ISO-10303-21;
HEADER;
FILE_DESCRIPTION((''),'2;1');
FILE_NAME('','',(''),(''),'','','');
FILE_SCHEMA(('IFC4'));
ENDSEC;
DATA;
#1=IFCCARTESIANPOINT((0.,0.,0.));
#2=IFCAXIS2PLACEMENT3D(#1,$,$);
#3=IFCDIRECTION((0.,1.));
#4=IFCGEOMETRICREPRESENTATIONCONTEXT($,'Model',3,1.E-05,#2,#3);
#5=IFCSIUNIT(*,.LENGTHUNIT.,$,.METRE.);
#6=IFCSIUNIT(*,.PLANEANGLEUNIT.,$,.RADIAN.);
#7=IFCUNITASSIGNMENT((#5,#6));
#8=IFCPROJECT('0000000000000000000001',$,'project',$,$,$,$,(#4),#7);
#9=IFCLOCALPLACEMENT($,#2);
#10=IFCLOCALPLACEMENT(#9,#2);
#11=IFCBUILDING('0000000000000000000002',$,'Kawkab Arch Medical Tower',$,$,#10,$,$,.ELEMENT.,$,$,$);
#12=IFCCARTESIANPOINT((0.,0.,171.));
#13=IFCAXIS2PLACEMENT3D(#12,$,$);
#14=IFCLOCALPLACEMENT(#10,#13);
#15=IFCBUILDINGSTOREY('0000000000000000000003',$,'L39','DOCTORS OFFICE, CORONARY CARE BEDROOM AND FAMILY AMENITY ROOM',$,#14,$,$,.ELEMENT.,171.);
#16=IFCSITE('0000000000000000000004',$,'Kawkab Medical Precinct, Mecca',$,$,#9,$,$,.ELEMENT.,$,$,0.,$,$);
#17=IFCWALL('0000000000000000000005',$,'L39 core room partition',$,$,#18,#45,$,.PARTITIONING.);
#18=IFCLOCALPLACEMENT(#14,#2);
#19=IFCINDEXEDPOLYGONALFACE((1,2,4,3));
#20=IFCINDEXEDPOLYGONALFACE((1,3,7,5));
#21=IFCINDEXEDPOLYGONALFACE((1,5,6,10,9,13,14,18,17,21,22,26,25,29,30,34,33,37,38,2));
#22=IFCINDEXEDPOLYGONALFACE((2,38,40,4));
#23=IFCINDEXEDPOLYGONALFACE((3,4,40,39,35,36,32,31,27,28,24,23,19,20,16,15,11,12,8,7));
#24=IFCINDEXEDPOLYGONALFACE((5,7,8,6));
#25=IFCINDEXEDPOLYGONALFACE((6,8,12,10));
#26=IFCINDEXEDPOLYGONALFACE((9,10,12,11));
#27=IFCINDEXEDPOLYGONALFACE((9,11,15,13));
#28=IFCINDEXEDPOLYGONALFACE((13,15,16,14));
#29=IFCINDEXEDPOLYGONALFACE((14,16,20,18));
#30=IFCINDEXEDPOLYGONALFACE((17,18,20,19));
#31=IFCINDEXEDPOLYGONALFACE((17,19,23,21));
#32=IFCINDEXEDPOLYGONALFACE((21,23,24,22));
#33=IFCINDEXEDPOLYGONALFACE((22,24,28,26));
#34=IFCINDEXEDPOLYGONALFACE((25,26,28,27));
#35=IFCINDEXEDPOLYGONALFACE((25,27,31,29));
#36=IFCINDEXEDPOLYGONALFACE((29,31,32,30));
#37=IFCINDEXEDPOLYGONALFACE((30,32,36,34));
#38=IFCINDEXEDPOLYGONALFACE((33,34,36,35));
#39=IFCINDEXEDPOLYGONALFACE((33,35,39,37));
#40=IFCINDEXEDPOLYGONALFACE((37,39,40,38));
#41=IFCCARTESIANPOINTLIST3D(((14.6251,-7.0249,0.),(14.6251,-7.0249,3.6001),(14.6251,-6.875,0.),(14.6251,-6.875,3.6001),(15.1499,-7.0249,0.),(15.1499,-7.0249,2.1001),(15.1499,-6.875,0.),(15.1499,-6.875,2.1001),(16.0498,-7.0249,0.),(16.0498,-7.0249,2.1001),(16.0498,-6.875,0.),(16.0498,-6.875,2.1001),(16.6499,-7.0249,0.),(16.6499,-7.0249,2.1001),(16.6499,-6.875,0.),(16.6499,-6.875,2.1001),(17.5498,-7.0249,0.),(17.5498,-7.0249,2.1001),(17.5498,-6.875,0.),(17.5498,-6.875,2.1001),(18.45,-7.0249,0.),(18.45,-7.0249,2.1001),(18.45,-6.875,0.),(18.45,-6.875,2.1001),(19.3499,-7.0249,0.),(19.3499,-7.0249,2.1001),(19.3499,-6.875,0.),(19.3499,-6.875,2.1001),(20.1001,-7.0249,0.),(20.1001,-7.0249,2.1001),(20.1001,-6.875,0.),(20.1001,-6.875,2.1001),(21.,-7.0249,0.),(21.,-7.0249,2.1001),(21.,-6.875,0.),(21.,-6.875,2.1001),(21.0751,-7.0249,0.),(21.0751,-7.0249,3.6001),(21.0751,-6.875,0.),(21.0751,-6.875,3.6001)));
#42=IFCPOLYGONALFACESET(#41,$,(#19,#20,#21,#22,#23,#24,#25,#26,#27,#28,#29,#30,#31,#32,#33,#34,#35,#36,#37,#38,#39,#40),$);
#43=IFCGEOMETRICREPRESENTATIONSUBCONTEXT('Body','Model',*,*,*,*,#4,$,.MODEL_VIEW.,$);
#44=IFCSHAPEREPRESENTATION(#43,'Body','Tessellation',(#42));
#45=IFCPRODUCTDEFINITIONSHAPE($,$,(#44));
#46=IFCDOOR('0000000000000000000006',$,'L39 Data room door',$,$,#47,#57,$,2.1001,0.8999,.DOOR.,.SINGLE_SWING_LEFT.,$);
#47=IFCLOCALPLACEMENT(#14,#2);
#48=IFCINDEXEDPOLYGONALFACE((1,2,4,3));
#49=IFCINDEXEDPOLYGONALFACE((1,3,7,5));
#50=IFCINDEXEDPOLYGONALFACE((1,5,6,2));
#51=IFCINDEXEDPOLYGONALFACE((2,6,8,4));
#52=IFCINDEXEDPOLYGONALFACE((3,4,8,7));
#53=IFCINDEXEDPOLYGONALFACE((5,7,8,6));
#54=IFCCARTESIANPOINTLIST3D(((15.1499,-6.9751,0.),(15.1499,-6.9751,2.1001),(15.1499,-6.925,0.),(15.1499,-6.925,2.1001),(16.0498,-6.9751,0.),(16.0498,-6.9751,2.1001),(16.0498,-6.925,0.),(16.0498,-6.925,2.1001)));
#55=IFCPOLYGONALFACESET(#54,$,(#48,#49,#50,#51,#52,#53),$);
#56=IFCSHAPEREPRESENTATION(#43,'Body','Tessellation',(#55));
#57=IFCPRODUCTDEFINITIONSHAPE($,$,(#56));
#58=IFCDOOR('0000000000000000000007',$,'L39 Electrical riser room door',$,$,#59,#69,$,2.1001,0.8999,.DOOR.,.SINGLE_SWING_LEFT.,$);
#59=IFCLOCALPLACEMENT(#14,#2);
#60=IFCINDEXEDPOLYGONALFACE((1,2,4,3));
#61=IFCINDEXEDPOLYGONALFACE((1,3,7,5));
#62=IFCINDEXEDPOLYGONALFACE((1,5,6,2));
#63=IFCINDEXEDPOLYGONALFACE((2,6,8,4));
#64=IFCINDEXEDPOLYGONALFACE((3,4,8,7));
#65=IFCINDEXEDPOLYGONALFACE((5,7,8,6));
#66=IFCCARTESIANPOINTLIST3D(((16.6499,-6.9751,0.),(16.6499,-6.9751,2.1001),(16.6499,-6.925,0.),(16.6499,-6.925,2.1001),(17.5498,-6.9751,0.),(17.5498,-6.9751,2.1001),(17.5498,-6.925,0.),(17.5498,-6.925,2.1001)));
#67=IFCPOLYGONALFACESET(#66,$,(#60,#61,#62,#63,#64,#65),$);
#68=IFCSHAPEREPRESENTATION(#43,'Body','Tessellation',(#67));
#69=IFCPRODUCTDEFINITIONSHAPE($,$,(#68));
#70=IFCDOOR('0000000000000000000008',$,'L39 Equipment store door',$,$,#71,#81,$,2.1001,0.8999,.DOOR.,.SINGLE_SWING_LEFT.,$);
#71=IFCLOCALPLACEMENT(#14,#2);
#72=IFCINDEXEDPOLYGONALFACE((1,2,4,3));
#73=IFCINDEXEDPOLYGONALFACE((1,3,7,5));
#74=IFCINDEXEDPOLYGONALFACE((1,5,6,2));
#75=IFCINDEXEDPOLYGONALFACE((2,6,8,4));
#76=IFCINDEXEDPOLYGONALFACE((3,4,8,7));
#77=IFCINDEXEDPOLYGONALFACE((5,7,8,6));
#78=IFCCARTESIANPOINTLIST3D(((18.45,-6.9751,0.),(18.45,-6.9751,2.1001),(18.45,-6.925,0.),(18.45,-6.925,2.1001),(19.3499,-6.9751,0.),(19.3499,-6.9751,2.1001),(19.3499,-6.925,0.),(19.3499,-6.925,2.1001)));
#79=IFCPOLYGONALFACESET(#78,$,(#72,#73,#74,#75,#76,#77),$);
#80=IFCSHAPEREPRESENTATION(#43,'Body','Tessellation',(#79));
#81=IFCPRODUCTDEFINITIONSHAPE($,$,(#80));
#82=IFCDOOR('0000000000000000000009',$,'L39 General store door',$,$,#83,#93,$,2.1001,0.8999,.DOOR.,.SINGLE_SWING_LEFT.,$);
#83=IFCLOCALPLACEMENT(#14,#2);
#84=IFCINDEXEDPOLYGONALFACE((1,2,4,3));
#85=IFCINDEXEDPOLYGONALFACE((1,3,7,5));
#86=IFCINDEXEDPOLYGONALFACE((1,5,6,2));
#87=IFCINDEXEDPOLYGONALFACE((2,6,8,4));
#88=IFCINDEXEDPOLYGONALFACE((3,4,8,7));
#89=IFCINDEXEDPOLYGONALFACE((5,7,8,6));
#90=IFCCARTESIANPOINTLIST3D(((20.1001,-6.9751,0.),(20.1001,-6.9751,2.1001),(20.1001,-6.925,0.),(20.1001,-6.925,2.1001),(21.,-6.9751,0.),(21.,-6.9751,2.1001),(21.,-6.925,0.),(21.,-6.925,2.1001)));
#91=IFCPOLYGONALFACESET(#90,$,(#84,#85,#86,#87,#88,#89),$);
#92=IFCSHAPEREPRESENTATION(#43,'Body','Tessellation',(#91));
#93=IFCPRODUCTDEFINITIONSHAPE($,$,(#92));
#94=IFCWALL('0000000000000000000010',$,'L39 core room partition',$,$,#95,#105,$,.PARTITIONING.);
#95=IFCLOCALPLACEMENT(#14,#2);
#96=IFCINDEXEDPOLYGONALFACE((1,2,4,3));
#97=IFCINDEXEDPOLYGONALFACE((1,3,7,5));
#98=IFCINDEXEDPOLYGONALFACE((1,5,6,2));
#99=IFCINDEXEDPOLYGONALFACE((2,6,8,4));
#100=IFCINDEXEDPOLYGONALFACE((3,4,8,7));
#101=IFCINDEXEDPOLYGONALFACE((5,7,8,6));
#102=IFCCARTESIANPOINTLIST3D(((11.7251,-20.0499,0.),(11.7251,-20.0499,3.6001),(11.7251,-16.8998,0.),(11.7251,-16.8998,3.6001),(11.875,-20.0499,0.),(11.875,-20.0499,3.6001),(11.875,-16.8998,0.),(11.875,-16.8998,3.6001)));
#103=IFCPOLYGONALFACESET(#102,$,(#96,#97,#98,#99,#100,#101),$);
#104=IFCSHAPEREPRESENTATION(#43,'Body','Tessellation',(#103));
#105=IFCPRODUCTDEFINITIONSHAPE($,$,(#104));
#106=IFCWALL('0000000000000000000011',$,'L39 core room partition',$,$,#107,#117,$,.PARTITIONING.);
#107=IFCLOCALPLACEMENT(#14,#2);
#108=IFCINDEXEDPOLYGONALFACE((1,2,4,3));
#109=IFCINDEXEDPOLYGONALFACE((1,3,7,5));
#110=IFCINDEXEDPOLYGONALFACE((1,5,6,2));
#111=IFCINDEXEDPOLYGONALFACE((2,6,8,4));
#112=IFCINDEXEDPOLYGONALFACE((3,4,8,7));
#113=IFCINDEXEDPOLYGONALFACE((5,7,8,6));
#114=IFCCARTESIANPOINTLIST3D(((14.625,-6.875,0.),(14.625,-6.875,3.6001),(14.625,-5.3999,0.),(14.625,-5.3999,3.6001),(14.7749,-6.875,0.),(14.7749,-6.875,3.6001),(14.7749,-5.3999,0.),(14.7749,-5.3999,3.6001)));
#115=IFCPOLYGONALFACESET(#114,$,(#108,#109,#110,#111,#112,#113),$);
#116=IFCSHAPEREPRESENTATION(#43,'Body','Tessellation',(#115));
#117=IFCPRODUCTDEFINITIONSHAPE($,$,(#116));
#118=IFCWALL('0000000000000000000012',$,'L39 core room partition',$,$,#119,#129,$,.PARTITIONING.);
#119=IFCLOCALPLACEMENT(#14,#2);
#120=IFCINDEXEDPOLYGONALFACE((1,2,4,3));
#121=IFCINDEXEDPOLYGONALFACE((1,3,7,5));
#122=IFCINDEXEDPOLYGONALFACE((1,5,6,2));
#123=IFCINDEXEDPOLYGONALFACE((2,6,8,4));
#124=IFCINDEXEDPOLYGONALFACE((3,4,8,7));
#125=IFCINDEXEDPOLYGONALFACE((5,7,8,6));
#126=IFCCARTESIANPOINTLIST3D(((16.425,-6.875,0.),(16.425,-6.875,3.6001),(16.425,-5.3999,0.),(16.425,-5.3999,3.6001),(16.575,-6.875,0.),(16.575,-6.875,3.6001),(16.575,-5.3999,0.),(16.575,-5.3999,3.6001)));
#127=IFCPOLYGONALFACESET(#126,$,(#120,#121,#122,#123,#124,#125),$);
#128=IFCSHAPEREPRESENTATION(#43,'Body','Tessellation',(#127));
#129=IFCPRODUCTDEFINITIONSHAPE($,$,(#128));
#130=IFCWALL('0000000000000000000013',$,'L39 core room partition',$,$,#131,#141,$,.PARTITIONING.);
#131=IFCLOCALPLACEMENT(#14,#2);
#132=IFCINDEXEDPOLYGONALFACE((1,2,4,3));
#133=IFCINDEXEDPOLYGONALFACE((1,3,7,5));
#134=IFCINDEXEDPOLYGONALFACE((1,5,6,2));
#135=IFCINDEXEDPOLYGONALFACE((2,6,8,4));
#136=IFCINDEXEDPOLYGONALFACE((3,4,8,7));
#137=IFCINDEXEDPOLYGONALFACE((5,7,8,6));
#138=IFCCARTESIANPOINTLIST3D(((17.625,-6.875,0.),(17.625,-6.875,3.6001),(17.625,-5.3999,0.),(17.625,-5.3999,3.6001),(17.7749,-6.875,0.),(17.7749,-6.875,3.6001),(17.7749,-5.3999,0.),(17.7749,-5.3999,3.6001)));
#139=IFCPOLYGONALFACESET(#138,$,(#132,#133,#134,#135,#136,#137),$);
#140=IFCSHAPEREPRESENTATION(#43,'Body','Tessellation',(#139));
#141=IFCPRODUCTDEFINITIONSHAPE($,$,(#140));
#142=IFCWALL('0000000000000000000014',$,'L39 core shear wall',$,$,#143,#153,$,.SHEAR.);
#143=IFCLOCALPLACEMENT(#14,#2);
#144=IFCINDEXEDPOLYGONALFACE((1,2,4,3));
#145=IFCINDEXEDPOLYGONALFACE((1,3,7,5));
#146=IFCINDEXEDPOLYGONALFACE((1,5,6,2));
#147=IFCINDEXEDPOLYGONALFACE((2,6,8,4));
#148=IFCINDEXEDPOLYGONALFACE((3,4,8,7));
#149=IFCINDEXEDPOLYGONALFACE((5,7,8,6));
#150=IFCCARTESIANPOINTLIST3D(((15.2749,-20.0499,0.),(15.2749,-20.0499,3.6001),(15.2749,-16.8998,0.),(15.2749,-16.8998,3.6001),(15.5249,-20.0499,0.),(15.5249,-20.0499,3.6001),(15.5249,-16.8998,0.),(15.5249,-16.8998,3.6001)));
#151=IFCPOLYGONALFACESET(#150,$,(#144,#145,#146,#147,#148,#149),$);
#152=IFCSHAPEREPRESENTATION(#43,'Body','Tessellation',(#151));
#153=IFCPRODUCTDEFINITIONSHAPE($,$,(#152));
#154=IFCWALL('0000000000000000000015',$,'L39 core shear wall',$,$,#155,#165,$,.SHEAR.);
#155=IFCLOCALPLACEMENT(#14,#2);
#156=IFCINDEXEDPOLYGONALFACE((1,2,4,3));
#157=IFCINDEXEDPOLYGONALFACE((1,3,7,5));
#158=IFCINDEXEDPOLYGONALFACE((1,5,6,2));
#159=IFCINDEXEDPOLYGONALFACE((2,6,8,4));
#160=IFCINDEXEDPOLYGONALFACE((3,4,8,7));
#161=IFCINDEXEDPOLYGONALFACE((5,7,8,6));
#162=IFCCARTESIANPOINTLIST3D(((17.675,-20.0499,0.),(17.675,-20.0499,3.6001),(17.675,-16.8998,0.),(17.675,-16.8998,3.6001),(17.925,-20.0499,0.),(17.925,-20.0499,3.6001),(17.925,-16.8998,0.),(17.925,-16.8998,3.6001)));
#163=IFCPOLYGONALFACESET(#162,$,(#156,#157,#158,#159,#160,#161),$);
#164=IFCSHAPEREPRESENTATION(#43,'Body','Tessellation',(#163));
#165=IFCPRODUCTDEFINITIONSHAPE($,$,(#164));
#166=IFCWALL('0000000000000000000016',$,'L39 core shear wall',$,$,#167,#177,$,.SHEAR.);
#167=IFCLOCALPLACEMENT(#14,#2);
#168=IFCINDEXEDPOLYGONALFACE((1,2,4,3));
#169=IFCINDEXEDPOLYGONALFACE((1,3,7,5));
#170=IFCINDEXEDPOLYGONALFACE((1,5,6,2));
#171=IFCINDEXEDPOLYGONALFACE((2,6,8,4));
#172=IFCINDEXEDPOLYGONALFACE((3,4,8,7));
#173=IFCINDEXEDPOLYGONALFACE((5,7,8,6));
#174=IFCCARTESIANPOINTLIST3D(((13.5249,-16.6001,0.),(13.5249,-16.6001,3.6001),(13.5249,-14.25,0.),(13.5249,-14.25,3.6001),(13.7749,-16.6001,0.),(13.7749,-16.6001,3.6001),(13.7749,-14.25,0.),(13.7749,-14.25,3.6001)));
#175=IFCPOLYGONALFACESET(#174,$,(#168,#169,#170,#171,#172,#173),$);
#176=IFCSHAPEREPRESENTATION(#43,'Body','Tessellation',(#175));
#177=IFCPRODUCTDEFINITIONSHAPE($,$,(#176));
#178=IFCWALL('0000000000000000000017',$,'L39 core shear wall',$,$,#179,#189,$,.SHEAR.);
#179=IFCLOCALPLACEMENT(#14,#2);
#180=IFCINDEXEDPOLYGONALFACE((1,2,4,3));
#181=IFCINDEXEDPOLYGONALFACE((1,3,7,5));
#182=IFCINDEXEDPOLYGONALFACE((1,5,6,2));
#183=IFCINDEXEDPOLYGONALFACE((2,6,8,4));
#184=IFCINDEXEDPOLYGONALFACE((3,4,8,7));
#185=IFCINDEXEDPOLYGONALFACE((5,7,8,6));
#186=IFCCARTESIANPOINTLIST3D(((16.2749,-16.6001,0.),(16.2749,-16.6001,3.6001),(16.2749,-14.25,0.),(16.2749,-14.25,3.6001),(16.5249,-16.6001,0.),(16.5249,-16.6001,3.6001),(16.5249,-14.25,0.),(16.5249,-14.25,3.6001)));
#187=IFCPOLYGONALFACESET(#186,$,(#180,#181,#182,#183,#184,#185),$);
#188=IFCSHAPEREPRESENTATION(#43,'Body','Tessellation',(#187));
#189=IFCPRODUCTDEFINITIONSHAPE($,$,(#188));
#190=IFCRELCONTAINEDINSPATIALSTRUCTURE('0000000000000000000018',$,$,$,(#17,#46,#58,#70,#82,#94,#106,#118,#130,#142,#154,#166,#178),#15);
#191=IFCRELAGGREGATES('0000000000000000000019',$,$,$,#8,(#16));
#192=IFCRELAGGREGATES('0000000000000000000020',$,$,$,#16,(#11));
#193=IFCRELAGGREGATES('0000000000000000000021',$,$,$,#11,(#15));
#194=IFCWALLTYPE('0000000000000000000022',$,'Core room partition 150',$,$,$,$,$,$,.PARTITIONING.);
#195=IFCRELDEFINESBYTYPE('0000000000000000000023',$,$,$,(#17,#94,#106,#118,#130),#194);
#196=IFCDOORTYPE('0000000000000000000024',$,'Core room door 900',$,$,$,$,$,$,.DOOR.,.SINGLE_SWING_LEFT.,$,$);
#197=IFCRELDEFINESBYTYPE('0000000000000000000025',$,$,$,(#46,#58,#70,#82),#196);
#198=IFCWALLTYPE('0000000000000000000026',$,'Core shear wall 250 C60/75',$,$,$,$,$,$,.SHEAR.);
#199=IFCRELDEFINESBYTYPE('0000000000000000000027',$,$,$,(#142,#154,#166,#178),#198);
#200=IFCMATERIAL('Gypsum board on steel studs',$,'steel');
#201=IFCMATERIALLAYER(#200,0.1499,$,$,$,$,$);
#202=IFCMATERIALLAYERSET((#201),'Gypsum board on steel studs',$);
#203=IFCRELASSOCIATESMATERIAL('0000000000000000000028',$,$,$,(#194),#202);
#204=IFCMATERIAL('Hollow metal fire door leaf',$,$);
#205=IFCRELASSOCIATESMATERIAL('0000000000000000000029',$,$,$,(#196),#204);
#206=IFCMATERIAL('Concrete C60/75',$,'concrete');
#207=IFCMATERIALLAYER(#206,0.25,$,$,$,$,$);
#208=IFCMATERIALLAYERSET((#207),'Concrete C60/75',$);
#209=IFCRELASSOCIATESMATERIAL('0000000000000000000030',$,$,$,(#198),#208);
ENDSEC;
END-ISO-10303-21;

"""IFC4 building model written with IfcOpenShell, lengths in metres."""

from ifc_helpers import new_model, si_unit, direction, frame, frame_2d, origin, place, context, subcontext, project, spatial, rectangle, extrude, material, layer, layer_set, type_object, element, fill, save


model = new_model("IFC4")

# Units and contexts
model_context = context("Model", 3, precision=1e-05, world=origin(), true_north=direction((0.0, 1.0)))
body_context = subcontext(model_context, "Body", "Model", "MODEL_VIEW")
ifc_project = project(units=[si_unit("LENGTHUNIT", "METRE"), si_unit("PLANEANGLEUNIT", "RADIAN")], contexts=[model_context])

# Site, building, storey
site_placement = place(None, origin())
site = spatial("IfcSite", under=ifc_project, at=site_placement, Name="Kawkab Medical Precinct, Mecca", CompositionType="ELEMENT", RefElevation=0.0)
building_placement = place(site_placement, origin())
building = spatial("IfcBuilding", under=site, at=building_placement, Name="Kawkab Arch Medical Tower", CompositionType="ELEMENT")
storey_placement = place(building_placement, frame((0.0, 0.0, 171.0)))
storey = spatial("IfcBuildingStorey", under=building, at=storey_placement, Name="L39", Description="DOCTORS OFFICE, CORONARY CARE BEDROOM AND FAMILY AMENITY ROOM", CompositionType="ELEMENT", Elevation=171.0)

# Wall, openings, doors
ifc_material_1 = material(Name="Gypsum board on steel studs", Category="steel")
ifc_layer_1 = layer(ifc_material_1, 0.1499)
ifc_layer_set_1 = layer_set([ifc_layer_1], Name="Gypsum board on steel studs")
wall_type_1 = type_object("IfcWallType", Name="Core room partition 150", PredefinedType="PARTITIONING", material=ifc_layer_set_1)
wall_1_placement = place(storey_placement, frame((14.625, -6.95, 0.0), z_axis=(0.0, 0.0, 1.0), x_axis=(1.0, 0.0, 0.0)))
wall_1 = element("IfcWall", 1, at=wall_1_placement, inside=storey, type_object=wall_type_1, Name="L39 core room partition", PredefinedType="PARTITIONING", context=body_context, shape_type="SweptSolid", body=[
    extrude(rectangle(XDim=6.45, YDim=0.1499, at=frame_2d((3.2251, 0.0))), origin(), (0.0, 0.0, 1.0), 3.6001),
])
opening_1_placement = place(wall_1_placement, frame((0.5249, 0.0, 0.0)))
opening_1 = element("IfcOpeningElement", 2, at=opening_1_placement, cuts=wall_1, PredefinedType="OPENING", context=body_context, shape_type="SweptSolid", body=[
    extrude(rectangle(XDim=0.8999, YDim=2.1001, at=frame_2d((0.45, 1.05))), frame((0.0, 0.085, 0.0), z_axis=(0.0, -1.0, 0.0), x_axis=(1.0, 0.0, 0.0)), (0.0, 0.0, 1.0), 0.1699),
])
opening_2_placement = place(wall_1_placement, frame((2.0249, 0.0, 0.0)))
opening_2 = element("IfcOpeningElement", 3, at=opening_2_placement, cuts=wall_1, PredefinedType="OPENING", context=body_context, shape_type="SweptSolid", body=[
    extrude(rectangle(XDim=0.8999, YDim=2.1001, at=frame_2d((0.45, 1.05))), frame((0.0, 0.085, 0.0), z_axis=(0.0, -1.0, 0.0), x_axis=(1.0, 0.0, 0.0)), (0.0, 0.0, 1.0), 0.1699),
])
opening_3_placement = place(wall_1_placement, frame((3.825, 0.0, 0.0)))
opening_3 = element("IfcOpeningElement", 4, at=opening_3_placement, cuts=wall_1, PredefinedType="OPENING", context=body_context, shape_type="SweptSolid", body=[
    extrude(rectangle(XDim=0.8999, YDim=2.1001, at=frame_2d((0.45, 1.05))), frame((0.0, 0.085, 0.0), z_axis=(0.0, -1.0, 0.0), x_axis=(1.0, 0.0, 0.0)), (0.0, 0.0, 1.0), 0.1699),
])
opening_4_placement = place(wall_1_placement, frame((5.4751, 0.0, 0.0)))
opening_4 = element("IfcOpeningElement", 5, at=opening_4_placement, cuts=wall_1, PredefinedType="OPENING", context=body_context, shape_type="SweptSolid", body=[
    extrude(rectangle(XDim=0.8999, YDim=2.1001, at=frame_2d((0.45, 1.05))), frame((0.0, 0.085, 0.0), z_axis=(0.0, -1.0, 0.0), x_axis=(1.0, 0.0, 0.0)), (0.0, 0.0, 1.0), 0.1699),
])
ifc_material_2 = material(Name="Hollow metal fire door leaf")
door_type = type_object("IfcDoorType", Name="Core room door 900", OperationType="SINGLE_SWING_LEFT", PredefinedType="DOOR", material=ifc_material_2)
door_1_placement = place(opening_1_placement, origin())
door_1 = element("IfcDoor", 6, at=door_1_placement, inside=storey, type_object=door_type, Name="L39 Data room door", OperationType="SINGLE_SWING_LEFT", OverallHeight=2.1001, OverallWidth=0.8999, PredefinedType="DOOR", context=body_context, shape_type="SweptSolid", body=[
    extrude(rectangle(XDim=0.8999, YDim=2.1001, at=frame_2d((0.45, 1.05))), frame((0.0, 0.0249, 0.0), z_axis=(0.0, -1.0, 0.0), x_axis=(1.0, 0.0, 0.0)), (0.0, 0.0, 1.0), 0.05),
])
fill(opening_1, door_1)
door_2_placement = place(opening_2_placement, origin())
door_2 = element("IfcDoor", 7, at=door_2_placement, inside=storey, type_object=door_type, Name="L39 Electrical riser room door", OperationType="SINGLE_SWING_LEFT", OverallHeight=2.1001, OverallWidth=0.8999, PredefinedType="DOOR", context=body_context, shape_type="SweptSolid", body=[
    extrude(rectangle(XDim=0.8999, YDim=2.1001, at=frame_2d((0.45, 1.05))), frame((0.0, 0.0249, 0.0), z_axis=(0.0, -1.0, 0.0), x_axis=(1.0, 0.0, 0.0)), (0.0, 0.0, 1.0), 0.05),
])
fill(opening_2, door_2)
door_3_placement = place(opening_3_placement, origin())
door_3 = element("IfcDoor", 8, at=door_3_placement, inside=storey, type_object=door_type, Name="L39 Equipment store door", OperationType="SINGLE_SWING_LEFT", OverallHeight=2.1001, OverallWidth=0.8999, PredefinedType="DOOR", context=body_context, shape_type="SweptSolid", body=[
    extrude(rectangle(XDim=0.8999, YDim=2.1001, at=frame_2d((0.45, 1.05))), frame((0.0, 0.0249, 0.0), z_axis=(0.0, -1.0, 0.0), x_axis=(1.0, 0.0, 0.0)), (0.0, 0.0, 1.0), 0.05),
])
fill(opening_3, door_3)
door_4_placement = place(opening_4_placement, origin())
door_4 = element("IfcDoor", 9, at=door_4_placement, inside=storey, type_object=door_type, Name="L39 General store door", OperationType="SINGLE_SWING_LEFT", OverallHeight=2.1001, OverallWidth=0.8999, PredefinedType="DOOR", context=body_context, shape_type="SweptSolid", body=[
    extrude(rectangle(XDim=0.8999, YDim=2.1001, at=frame_2d((0.45, 1.05))), frame((0.0, 0.0249, 0.0), z_axis=(0.0, -1.0, 0.0), x_axis=(1.0, 0.0, 0.0)), (0.0, 0.0, 1.0), 0.05),
])
fill(opening_4, door_4)

# Walls
wall_2_placement = place(storey_placement, frame((11.8, -20.05, 0.0), z_axis=(0.0, 0.0, 1.0), x_axis=(0.0, 1.0, 0.0)))
element("IfcWall", 10, at=wall_2_placement, inside=storey, type_object=wall_type_1, Name="L39 core room partition", PredefinedType="PARTITIONING", context=body_context, shape_type="SweptSolid", body=[
    extrude(rectangle(XDim=3.1501, YDim=0.1499, at=frame_2d((1.5752, 0.0))), origin(), (0.0, 0.0, 1.0), 3.6001),
])
for number, where, z_axis, x_axis, name in (
    (11, (14.7, -6.875, 0.0), (0.0, 0.0, 1.0), (0.0, 1.0, 0.0), "L39 core room partition"),
    (12, (16.5, -6.875, 0.0), (0.0, 0.0, 1.0), (0.0, 1.0, 0.0), "L39 core room partition"),
    (13, (17.7, -6.875, 0.0), (0.0, 0.0, 1.0), (0.0, 1.0, 0.0), "L39 core room partition"),
):
    element("IfcWall", number, at=place(storey_placement, frame(where, z_axis=z_axis, x_axis=x_axis)), inside=storey, type_object=wall_type_1, Name=name, PredefinedType="PARTITIONING", context=body_context, shape_type="SweptSolid", body=[
        extrude(rectangle(XDim=1.4751, YDim=0.1499, at=frame_2d((0.7375, 0.0))), origin(), (0.0, 0.0, 1.0), 3.6001),
    ])
ifc_material_3 = material(Name="Concrete C60/75", Category="concrete")
ifc_layer_2 = layer(ifc_material_3, 0.25)
ifc_layer_set_2 = layer_set([ifc_layer_2], Name="Concrete C60/75")
wall_type_2 = type_object("IfcWallType", Name="Core shear wall 250 C60/75", PredefinedType="SHEAR", material=ifc_layer_set_2)
for number, where, z_axis, x_axis, name in (
    (14, (15.3999, -20.05, 0.0), (0.0, 0.0, 1.0), (0.0, 1.0, 0.0), "L39 core shear wall"),
    (15, (17.8, -20.05, 0.0), (0.0, 0.0, 1.0), (0.0, 1.0, 0.0), "L39 core shear wall"),
):
    element("IfcWall", number, at=place(storey_placement, frame(where, z_axis=z_axis, x_axis=x_axis)), inside=storey, type_object=wall_type_2, Name=name, PredefinedType="SHEAR", context=body_context, shape_type="SweptSolid", body=[
        extrude(rectangle(XDim=3.1501, YDim=0.25, at=frame_2d((1.5752, 0.0))), origin(), (0.0, 0.0, 1.0), 3.6001),
    ])
for number, where, z_axis, x_axis, name in (
    (16, (13.6499, -16.6001, 0.0), (0.0, 0.0, 1.0), (0.0, 1.0, 0.0), "L39 core shear wall"),
    (17, (16.3999, -16.6001, 0.0), (0.0, 0.0, 1.0), (0.0, 1.0, 0.0), "L39 core shear wall"),
):
    element("IfcWall", number, at=place(storey_placement, frame(where, z_axis=z_axis, x_axis=x_axis)), inside=storey, type_object=wall_type_2, Name=name, PredefinedType="SHEAR", context=body_context, shape_type="SweptSolid", body=[
        extrude(rectangle(XDim=2.3501, YDim=0.25, at=frame_2d((1.175, 0.0))), origin(), (0.0, 0.0, 1.0), 3.6001),
    ])

save(model, "model.ifc")
